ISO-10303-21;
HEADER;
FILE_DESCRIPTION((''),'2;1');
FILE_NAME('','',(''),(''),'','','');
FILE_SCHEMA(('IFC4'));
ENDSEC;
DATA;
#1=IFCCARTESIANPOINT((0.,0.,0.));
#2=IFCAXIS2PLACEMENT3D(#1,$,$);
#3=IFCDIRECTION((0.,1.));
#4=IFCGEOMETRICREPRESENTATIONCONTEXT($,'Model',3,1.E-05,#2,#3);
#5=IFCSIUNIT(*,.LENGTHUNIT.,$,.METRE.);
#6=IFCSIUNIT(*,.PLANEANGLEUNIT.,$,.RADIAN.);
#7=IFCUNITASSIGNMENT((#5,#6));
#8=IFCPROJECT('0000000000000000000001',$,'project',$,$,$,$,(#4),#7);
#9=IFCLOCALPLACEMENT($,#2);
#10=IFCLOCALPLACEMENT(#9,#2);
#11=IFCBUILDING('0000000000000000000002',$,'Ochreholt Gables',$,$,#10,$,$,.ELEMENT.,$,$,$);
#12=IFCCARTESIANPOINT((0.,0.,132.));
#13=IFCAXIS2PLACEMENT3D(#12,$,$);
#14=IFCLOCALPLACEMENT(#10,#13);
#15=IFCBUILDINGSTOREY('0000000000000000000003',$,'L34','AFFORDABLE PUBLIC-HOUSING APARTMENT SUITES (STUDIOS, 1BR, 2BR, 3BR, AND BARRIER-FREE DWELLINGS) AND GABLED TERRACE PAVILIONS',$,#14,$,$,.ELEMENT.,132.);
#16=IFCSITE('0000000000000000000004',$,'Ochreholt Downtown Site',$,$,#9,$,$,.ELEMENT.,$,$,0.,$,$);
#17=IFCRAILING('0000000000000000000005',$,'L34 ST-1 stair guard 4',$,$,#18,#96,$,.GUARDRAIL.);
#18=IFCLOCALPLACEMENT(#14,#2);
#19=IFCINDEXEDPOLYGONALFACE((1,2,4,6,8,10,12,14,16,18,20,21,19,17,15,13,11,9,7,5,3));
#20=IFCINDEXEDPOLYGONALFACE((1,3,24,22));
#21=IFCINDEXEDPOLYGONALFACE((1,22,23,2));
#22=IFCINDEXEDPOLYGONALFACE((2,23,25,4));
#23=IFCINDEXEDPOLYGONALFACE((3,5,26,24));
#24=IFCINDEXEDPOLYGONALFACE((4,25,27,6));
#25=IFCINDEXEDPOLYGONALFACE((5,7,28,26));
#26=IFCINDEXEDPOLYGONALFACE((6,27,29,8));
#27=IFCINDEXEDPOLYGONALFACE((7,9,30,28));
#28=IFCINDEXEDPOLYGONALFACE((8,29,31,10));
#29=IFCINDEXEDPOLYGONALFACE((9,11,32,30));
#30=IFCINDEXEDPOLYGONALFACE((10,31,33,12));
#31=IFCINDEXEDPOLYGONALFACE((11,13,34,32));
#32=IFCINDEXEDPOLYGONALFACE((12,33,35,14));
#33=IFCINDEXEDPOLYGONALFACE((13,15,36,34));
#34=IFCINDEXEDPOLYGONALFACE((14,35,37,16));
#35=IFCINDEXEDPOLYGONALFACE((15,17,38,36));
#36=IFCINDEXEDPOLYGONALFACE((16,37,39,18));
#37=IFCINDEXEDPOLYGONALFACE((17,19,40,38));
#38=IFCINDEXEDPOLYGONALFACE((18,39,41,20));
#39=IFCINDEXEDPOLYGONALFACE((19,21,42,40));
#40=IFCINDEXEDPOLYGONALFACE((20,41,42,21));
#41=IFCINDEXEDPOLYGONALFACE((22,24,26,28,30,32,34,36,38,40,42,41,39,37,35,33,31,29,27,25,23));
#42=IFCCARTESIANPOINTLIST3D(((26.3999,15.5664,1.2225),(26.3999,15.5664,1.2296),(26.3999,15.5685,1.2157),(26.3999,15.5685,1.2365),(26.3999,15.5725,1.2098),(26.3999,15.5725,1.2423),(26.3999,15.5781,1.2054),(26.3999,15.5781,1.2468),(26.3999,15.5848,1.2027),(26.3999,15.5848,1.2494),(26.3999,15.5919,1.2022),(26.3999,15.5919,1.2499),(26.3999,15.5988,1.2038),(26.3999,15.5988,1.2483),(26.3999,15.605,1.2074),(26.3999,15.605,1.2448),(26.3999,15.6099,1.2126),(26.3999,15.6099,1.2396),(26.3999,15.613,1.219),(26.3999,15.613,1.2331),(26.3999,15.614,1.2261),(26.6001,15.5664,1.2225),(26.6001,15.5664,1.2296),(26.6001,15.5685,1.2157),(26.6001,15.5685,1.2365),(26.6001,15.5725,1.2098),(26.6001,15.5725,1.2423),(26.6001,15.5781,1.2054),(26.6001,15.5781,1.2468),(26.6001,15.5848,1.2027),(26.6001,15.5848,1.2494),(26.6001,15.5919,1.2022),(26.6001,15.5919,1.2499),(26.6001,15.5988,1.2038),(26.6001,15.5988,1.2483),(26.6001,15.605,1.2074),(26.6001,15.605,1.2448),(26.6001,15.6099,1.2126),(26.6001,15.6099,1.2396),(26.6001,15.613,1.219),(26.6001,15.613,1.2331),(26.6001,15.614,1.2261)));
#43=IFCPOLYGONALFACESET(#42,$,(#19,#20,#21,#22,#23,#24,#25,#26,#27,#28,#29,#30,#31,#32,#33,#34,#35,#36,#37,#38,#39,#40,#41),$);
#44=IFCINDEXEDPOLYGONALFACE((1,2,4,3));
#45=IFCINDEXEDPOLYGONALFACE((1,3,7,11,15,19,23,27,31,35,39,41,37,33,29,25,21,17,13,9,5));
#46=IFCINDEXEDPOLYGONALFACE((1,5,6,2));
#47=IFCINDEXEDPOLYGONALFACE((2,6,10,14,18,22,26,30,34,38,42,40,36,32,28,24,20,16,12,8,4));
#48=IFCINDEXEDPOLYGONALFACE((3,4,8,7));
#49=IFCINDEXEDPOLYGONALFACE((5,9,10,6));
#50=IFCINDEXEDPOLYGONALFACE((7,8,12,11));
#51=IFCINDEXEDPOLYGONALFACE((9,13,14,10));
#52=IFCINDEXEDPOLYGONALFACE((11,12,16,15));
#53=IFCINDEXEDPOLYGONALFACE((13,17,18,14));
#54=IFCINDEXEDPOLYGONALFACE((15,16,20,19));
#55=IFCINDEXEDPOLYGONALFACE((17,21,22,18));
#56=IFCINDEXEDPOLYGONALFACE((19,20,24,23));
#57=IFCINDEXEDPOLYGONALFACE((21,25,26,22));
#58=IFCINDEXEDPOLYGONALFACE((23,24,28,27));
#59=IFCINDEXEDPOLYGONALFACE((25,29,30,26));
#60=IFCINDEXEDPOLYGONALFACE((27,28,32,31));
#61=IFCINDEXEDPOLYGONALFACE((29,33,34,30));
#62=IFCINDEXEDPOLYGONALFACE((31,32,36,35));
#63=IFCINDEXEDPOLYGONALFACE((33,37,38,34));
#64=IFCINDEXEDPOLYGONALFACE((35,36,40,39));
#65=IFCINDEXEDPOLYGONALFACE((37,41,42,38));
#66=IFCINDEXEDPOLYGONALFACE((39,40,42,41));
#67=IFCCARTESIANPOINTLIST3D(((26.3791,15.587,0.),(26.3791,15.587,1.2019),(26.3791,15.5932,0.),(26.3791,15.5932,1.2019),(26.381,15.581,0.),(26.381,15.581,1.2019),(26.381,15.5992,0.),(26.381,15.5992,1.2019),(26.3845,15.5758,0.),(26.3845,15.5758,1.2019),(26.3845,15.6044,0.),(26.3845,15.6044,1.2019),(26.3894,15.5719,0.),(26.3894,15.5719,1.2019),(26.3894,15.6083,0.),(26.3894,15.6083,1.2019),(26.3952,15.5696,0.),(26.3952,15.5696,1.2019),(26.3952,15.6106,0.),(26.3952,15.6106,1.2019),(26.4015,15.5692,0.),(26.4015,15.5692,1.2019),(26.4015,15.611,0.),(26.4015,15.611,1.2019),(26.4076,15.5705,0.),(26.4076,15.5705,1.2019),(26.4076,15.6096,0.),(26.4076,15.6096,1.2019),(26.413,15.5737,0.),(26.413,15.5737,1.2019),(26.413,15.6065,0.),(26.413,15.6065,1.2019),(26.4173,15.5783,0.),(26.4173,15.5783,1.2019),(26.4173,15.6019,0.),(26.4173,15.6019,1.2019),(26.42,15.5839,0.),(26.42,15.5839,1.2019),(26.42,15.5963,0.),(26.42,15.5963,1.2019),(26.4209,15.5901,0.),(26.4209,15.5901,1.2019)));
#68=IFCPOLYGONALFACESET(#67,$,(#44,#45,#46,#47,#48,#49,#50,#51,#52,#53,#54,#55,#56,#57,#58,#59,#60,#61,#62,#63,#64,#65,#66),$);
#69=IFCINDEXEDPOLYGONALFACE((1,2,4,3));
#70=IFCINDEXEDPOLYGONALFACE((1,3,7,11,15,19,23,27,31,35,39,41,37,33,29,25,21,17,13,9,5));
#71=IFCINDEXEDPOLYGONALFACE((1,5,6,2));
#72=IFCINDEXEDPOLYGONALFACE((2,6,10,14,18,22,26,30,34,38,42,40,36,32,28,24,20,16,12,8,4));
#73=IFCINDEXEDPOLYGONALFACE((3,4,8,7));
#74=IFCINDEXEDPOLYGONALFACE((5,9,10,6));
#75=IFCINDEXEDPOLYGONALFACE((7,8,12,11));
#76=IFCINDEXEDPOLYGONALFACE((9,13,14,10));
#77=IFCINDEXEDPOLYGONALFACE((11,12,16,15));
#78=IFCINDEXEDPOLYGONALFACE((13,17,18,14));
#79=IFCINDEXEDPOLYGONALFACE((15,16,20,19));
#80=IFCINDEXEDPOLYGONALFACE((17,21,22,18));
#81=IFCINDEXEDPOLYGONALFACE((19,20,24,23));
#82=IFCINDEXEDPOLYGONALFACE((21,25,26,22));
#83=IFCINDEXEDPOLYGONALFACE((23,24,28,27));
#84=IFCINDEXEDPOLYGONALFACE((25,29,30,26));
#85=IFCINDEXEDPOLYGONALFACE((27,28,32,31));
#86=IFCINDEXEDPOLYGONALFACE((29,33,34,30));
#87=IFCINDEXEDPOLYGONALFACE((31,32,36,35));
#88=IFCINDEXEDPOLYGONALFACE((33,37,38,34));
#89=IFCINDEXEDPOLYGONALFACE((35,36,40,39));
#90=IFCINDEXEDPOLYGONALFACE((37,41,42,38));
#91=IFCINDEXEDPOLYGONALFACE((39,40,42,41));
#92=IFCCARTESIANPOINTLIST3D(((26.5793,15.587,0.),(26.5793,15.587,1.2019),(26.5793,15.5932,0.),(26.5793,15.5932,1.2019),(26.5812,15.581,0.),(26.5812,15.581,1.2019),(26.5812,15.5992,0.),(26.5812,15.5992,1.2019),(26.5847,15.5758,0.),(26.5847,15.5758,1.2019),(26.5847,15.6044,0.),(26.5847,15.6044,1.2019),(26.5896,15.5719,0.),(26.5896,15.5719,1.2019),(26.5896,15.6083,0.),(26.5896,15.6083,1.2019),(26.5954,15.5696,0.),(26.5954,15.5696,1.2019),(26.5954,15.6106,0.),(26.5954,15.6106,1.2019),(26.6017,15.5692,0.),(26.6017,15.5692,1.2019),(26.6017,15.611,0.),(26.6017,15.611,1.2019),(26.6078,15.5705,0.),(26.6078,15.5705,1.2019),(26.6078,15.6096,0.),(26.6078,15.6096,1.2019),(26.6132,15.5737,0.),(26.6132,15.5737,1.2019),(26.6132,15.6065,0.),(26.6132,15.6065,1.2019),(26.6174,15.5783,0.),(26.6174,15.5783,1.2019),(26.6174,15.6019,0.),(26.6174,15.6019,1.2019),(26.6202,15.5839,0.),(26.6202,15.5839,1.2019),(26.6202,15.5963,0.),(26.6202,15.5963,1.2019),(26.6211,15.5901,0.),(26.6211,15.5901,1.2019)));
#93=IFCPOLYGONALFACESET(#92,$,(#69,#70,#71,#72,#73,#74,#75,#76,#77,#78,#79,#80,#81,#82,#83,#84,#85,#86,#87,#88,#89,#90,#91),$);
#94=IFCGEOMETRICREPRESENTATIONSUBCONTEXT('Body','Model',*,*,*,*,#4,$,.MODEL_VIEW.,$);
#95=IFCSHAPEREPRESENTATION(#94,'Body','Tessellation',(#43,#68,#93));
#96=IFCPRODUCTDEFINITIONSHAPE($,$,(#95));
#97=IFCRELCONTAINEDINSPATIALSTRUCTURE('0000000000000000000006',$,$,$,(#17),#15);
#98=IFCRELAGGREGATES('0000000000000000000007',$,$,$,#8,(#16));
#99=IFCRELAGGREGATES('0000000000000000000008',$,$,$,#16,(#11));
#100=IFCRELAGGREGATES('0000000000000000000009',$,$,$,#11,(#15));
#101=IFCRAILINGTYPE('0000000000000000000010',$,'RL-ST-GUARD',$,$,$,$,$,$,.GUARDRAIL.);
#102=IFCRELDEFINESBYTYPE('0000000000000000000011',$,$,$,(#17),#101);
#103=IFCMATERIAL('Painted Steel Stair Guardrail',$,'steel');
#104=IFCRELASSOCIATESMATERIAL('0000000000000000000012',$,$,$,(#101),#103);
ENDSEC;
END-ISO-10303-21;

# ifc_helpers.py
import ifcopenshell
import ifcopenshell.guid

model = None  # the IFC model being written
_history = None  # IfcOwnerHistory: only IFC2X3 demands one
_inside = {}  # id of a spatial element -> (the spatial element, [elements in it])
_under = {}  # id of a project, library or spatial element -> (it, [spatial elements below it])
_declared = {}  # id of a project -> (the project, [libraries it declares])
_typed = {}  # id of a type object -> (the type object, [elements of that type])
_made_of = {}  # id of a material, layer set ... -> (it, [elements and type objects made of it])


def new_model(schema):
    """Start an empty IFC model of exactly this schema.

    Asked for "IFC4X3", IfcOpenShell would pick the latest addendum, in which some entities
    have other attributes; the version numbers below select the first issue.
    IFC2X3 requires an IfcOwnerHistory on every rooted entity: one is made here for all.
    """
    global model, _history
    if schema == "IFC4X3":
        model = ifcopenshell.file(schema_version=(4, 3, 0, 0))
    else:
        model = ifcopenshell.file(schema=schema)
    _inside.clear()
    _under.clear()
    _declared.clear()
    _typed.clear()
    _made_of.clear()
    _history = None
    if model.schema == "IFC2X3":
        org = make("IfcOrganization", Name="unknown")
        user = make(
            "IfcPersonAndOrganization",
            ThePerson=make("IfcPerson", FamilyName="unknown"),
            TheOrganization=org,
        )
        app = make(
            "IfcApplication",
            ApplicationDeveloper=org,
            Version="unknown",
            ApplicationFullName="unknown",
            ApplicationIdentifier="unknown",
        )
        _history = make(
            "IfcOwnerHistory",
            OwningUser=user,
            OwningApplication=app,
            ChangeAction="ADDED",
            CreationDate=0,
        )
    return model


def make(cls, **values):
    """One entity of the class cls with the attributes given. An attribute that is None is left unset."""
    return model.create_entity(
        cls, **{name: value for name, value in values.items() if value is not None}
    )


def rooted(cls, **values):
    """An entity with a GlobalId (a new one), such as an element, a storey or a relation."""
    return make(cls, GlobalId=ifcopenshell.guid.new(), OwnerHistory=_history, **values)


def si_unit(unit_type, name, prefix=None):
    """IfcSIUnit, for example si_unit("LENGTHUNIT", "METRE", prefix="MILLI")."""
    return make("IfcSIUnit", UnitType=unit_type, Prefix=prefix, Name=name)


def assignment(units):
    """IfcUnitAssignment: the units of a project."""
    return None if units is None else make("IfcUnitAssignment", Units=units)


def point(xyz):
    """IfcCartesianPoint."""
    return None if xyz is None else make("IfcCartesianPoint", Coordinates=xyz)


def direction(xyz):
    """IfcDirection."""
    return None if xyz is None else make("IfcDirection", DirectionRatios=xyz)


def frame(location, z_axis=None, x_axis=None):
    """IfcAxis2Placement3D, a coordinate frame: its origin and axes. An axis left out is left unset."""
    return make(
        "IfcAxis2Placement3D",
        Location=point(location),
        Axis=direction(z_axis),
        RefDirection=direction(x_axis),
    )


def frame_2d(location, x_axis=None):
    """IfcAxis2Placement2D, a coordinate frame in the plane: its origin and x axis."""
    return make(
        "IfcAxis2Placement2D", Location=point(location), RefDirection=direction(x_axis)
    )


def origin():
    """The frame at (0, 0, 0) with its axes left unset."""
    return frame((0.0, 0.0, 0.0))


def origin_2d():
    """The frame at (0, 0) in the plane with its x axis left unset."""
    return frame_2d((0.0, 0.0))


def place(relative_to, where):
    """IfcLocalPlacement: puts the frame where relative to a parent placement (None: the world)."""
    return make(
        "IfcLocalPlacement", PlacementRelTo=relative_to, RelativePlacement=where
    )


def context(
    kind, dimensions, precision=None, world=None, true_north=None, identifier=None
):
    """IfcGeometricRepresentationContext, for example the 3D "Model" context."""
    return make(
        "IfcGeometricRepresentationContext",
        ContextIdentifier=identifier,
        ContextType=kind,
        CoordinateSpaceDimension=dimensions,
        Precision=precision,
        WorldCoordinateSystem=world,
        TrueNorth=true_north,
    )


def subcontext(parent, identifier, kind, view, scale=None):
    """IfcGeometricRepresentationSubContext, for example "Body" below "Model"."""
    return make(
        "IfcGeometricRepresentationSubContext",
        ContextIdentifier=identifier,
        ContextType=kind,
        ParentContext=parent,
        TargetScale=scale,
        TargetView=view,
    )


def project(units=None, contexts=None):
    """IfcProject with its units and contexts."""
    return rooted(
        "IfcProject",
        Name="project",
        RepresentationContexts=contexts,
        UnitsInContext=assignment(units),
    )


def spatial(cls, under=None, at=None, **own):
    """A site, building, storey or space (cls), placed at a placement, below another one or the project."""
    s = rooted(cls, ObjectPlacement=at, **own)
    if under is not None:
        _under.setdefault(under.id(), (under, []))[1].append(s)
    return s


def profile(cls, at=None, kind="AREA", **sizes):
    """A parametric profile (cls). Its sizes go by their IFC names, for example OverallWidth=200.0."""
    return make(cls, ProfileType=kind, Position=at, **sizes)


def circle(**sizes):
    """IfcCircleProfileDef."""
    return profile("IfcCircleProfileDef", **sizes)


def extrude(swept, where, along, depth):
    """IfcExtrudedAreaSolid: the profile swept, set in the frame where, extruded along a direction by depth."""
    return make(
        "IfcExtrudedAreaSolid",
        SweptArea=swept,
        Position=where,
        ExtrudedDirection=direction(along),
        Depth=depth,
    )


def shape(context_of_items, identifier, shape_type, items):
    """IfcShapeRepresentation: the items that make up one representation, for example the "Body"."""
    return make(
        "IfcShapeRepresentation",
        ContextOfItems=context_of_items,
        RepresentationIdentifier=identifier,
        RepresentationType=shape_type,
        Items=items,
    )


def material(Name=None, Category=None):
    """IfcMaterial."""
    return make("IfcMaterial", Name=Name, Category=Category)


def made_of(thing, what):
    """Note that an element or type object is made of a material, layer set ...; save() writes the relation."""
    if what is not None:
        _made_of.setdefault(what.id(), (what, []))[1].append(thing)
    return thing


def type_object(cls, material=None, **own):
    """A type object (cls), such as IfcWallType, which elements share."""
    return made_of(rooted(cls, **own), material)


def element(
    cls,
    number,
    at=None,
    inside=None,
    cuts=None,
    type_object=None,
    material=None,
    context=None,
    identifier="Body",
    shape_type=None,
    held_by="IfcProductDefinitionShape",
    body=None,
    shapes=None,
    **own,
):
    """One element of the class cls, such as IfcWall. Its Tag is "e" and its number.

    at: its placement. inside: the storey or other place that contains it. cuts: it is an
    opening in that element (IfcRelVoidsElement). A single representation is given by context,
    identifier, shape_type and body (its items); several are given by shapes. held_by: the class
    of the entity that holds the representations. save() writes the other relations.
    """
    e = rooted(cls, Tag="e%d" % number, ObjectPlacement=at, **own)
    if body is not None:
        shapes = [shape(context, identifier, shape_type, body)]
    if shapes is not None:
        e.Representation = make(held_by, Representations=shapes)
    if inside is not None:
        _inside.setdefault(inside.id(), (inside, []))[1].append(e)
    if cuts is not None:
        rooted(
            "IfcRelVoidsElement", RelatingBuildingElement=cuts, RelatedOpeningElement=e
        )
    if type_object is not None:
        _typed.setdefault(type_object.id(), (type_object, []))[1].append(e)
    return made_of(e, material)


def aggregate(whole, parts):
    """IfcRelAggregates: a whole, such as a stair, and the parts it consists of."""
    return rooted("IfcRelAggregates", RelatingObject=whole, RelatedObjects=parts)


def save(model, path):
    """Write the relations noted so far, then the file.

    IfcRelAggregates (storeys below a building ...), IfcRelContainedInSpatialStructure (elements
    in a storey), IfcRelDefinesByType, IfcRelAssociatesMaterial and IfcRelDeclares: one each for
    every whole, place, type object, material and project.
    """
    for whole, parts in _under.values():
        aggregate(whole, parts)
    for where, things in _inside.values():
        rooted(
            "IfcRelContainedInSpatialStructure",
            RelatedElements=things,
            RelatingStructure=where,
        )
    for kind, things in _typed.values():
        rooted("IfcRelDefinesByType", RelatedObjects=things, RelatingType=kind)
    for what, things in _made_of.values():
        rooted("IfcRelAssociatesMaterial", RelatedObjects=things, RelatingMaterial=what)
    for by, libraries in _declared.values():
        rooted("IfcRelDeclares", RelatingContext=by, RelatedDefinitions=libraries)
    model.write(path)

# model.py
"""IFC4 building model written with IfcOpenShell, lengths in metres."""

from ifc_helpers import new_model, si_unit, direction, frame, origin, origin_2d, place, context, subcontext, project, spatial, circle, extrude, material, type_object, element, save


model = new_model("IFC4")

# Units and contexts
model_context = context("Model", 3, precision=1e-05, world=origin(), true_north=direction((0.0, 1.0)))
body_context = subcontext(model_context, "Body", "Model", "MODEL_VIEW")
ifc_project = project(units=[si_unit("LENGTHUNIT", "METRE"), si_unit("PLANEANGLEUNIT", "RADIAN")], contexts=[model_context])

# Site, building, storey
site_placement = place(None, origin())
site = spatial("IfcSite", under=ifc_project, at=site_placement, Name="Ochreholt Downtown Site", CompositionType="ELEMENT", RefElevation=0.0)
building_placement = place(site_placement, origin())
building = spatial("IfcBuilding", under=site, at=building_placement, Name="Ochreholt Gables", CompositionType="ELEMENT")
storey_placement = place(building_placement, frame((0.0, 0.0, 132.0)))
storey = spatial("IfcBuildingStorey", under=building, at=storey_placement, Name="L34", Description="AFFORDABLE PUBLIC-HOUSING APARTMENT SUITES (STUDIOS, 1BR, 2BR, 3BR, AND BARRIER-FREE DWELLINGS) AND GABLED TERRACE PAVILIONS", CompositionType="ELEMENT", Elevation=132.0)

# Railing
ifc_material_1 = material(Name="Painted Steel Stair Guardrail", Category="steel")
railing_type_1 = type_object("IfcRailingType", Name="RL-ST-GUARD", PredefinedType="GUARDRAIL", material=ifc_material_1)
railing_1_placement = place(storey_placement, frame((26.3999, 15.5901, 0.0)))
element("IfcRailing", 1, at=railing_1_placement, inside=storey, type_object=railing_type_1, Name="L34 ST-1 stair guard 4", PredefinedType="GUARDRAIL", context=body_context, shape_type="SweptSolid", body=[
    extrude(circle(Radius=0.0239, at=origin_2d()), frame((0.0, 0.0, 1.2261), z_axis=(1.0, 0.0, 0.0), x_axis=(0.0, 1.0, 0.0)), (0.0, 0.0, 1.0), 0.2002),
    extrude(circle(Radius=0.021, at=origin_2d()), origin(), (0.0, 0.0, 1.0), 1.2019),
    extrude(circle(Radius=0.021, at=origin_2d()), frame((0.2002, 0.0, 0.0)), (0.0, 0.0, 1.0), 1.2019),
])

save(model, "model.ifc")
